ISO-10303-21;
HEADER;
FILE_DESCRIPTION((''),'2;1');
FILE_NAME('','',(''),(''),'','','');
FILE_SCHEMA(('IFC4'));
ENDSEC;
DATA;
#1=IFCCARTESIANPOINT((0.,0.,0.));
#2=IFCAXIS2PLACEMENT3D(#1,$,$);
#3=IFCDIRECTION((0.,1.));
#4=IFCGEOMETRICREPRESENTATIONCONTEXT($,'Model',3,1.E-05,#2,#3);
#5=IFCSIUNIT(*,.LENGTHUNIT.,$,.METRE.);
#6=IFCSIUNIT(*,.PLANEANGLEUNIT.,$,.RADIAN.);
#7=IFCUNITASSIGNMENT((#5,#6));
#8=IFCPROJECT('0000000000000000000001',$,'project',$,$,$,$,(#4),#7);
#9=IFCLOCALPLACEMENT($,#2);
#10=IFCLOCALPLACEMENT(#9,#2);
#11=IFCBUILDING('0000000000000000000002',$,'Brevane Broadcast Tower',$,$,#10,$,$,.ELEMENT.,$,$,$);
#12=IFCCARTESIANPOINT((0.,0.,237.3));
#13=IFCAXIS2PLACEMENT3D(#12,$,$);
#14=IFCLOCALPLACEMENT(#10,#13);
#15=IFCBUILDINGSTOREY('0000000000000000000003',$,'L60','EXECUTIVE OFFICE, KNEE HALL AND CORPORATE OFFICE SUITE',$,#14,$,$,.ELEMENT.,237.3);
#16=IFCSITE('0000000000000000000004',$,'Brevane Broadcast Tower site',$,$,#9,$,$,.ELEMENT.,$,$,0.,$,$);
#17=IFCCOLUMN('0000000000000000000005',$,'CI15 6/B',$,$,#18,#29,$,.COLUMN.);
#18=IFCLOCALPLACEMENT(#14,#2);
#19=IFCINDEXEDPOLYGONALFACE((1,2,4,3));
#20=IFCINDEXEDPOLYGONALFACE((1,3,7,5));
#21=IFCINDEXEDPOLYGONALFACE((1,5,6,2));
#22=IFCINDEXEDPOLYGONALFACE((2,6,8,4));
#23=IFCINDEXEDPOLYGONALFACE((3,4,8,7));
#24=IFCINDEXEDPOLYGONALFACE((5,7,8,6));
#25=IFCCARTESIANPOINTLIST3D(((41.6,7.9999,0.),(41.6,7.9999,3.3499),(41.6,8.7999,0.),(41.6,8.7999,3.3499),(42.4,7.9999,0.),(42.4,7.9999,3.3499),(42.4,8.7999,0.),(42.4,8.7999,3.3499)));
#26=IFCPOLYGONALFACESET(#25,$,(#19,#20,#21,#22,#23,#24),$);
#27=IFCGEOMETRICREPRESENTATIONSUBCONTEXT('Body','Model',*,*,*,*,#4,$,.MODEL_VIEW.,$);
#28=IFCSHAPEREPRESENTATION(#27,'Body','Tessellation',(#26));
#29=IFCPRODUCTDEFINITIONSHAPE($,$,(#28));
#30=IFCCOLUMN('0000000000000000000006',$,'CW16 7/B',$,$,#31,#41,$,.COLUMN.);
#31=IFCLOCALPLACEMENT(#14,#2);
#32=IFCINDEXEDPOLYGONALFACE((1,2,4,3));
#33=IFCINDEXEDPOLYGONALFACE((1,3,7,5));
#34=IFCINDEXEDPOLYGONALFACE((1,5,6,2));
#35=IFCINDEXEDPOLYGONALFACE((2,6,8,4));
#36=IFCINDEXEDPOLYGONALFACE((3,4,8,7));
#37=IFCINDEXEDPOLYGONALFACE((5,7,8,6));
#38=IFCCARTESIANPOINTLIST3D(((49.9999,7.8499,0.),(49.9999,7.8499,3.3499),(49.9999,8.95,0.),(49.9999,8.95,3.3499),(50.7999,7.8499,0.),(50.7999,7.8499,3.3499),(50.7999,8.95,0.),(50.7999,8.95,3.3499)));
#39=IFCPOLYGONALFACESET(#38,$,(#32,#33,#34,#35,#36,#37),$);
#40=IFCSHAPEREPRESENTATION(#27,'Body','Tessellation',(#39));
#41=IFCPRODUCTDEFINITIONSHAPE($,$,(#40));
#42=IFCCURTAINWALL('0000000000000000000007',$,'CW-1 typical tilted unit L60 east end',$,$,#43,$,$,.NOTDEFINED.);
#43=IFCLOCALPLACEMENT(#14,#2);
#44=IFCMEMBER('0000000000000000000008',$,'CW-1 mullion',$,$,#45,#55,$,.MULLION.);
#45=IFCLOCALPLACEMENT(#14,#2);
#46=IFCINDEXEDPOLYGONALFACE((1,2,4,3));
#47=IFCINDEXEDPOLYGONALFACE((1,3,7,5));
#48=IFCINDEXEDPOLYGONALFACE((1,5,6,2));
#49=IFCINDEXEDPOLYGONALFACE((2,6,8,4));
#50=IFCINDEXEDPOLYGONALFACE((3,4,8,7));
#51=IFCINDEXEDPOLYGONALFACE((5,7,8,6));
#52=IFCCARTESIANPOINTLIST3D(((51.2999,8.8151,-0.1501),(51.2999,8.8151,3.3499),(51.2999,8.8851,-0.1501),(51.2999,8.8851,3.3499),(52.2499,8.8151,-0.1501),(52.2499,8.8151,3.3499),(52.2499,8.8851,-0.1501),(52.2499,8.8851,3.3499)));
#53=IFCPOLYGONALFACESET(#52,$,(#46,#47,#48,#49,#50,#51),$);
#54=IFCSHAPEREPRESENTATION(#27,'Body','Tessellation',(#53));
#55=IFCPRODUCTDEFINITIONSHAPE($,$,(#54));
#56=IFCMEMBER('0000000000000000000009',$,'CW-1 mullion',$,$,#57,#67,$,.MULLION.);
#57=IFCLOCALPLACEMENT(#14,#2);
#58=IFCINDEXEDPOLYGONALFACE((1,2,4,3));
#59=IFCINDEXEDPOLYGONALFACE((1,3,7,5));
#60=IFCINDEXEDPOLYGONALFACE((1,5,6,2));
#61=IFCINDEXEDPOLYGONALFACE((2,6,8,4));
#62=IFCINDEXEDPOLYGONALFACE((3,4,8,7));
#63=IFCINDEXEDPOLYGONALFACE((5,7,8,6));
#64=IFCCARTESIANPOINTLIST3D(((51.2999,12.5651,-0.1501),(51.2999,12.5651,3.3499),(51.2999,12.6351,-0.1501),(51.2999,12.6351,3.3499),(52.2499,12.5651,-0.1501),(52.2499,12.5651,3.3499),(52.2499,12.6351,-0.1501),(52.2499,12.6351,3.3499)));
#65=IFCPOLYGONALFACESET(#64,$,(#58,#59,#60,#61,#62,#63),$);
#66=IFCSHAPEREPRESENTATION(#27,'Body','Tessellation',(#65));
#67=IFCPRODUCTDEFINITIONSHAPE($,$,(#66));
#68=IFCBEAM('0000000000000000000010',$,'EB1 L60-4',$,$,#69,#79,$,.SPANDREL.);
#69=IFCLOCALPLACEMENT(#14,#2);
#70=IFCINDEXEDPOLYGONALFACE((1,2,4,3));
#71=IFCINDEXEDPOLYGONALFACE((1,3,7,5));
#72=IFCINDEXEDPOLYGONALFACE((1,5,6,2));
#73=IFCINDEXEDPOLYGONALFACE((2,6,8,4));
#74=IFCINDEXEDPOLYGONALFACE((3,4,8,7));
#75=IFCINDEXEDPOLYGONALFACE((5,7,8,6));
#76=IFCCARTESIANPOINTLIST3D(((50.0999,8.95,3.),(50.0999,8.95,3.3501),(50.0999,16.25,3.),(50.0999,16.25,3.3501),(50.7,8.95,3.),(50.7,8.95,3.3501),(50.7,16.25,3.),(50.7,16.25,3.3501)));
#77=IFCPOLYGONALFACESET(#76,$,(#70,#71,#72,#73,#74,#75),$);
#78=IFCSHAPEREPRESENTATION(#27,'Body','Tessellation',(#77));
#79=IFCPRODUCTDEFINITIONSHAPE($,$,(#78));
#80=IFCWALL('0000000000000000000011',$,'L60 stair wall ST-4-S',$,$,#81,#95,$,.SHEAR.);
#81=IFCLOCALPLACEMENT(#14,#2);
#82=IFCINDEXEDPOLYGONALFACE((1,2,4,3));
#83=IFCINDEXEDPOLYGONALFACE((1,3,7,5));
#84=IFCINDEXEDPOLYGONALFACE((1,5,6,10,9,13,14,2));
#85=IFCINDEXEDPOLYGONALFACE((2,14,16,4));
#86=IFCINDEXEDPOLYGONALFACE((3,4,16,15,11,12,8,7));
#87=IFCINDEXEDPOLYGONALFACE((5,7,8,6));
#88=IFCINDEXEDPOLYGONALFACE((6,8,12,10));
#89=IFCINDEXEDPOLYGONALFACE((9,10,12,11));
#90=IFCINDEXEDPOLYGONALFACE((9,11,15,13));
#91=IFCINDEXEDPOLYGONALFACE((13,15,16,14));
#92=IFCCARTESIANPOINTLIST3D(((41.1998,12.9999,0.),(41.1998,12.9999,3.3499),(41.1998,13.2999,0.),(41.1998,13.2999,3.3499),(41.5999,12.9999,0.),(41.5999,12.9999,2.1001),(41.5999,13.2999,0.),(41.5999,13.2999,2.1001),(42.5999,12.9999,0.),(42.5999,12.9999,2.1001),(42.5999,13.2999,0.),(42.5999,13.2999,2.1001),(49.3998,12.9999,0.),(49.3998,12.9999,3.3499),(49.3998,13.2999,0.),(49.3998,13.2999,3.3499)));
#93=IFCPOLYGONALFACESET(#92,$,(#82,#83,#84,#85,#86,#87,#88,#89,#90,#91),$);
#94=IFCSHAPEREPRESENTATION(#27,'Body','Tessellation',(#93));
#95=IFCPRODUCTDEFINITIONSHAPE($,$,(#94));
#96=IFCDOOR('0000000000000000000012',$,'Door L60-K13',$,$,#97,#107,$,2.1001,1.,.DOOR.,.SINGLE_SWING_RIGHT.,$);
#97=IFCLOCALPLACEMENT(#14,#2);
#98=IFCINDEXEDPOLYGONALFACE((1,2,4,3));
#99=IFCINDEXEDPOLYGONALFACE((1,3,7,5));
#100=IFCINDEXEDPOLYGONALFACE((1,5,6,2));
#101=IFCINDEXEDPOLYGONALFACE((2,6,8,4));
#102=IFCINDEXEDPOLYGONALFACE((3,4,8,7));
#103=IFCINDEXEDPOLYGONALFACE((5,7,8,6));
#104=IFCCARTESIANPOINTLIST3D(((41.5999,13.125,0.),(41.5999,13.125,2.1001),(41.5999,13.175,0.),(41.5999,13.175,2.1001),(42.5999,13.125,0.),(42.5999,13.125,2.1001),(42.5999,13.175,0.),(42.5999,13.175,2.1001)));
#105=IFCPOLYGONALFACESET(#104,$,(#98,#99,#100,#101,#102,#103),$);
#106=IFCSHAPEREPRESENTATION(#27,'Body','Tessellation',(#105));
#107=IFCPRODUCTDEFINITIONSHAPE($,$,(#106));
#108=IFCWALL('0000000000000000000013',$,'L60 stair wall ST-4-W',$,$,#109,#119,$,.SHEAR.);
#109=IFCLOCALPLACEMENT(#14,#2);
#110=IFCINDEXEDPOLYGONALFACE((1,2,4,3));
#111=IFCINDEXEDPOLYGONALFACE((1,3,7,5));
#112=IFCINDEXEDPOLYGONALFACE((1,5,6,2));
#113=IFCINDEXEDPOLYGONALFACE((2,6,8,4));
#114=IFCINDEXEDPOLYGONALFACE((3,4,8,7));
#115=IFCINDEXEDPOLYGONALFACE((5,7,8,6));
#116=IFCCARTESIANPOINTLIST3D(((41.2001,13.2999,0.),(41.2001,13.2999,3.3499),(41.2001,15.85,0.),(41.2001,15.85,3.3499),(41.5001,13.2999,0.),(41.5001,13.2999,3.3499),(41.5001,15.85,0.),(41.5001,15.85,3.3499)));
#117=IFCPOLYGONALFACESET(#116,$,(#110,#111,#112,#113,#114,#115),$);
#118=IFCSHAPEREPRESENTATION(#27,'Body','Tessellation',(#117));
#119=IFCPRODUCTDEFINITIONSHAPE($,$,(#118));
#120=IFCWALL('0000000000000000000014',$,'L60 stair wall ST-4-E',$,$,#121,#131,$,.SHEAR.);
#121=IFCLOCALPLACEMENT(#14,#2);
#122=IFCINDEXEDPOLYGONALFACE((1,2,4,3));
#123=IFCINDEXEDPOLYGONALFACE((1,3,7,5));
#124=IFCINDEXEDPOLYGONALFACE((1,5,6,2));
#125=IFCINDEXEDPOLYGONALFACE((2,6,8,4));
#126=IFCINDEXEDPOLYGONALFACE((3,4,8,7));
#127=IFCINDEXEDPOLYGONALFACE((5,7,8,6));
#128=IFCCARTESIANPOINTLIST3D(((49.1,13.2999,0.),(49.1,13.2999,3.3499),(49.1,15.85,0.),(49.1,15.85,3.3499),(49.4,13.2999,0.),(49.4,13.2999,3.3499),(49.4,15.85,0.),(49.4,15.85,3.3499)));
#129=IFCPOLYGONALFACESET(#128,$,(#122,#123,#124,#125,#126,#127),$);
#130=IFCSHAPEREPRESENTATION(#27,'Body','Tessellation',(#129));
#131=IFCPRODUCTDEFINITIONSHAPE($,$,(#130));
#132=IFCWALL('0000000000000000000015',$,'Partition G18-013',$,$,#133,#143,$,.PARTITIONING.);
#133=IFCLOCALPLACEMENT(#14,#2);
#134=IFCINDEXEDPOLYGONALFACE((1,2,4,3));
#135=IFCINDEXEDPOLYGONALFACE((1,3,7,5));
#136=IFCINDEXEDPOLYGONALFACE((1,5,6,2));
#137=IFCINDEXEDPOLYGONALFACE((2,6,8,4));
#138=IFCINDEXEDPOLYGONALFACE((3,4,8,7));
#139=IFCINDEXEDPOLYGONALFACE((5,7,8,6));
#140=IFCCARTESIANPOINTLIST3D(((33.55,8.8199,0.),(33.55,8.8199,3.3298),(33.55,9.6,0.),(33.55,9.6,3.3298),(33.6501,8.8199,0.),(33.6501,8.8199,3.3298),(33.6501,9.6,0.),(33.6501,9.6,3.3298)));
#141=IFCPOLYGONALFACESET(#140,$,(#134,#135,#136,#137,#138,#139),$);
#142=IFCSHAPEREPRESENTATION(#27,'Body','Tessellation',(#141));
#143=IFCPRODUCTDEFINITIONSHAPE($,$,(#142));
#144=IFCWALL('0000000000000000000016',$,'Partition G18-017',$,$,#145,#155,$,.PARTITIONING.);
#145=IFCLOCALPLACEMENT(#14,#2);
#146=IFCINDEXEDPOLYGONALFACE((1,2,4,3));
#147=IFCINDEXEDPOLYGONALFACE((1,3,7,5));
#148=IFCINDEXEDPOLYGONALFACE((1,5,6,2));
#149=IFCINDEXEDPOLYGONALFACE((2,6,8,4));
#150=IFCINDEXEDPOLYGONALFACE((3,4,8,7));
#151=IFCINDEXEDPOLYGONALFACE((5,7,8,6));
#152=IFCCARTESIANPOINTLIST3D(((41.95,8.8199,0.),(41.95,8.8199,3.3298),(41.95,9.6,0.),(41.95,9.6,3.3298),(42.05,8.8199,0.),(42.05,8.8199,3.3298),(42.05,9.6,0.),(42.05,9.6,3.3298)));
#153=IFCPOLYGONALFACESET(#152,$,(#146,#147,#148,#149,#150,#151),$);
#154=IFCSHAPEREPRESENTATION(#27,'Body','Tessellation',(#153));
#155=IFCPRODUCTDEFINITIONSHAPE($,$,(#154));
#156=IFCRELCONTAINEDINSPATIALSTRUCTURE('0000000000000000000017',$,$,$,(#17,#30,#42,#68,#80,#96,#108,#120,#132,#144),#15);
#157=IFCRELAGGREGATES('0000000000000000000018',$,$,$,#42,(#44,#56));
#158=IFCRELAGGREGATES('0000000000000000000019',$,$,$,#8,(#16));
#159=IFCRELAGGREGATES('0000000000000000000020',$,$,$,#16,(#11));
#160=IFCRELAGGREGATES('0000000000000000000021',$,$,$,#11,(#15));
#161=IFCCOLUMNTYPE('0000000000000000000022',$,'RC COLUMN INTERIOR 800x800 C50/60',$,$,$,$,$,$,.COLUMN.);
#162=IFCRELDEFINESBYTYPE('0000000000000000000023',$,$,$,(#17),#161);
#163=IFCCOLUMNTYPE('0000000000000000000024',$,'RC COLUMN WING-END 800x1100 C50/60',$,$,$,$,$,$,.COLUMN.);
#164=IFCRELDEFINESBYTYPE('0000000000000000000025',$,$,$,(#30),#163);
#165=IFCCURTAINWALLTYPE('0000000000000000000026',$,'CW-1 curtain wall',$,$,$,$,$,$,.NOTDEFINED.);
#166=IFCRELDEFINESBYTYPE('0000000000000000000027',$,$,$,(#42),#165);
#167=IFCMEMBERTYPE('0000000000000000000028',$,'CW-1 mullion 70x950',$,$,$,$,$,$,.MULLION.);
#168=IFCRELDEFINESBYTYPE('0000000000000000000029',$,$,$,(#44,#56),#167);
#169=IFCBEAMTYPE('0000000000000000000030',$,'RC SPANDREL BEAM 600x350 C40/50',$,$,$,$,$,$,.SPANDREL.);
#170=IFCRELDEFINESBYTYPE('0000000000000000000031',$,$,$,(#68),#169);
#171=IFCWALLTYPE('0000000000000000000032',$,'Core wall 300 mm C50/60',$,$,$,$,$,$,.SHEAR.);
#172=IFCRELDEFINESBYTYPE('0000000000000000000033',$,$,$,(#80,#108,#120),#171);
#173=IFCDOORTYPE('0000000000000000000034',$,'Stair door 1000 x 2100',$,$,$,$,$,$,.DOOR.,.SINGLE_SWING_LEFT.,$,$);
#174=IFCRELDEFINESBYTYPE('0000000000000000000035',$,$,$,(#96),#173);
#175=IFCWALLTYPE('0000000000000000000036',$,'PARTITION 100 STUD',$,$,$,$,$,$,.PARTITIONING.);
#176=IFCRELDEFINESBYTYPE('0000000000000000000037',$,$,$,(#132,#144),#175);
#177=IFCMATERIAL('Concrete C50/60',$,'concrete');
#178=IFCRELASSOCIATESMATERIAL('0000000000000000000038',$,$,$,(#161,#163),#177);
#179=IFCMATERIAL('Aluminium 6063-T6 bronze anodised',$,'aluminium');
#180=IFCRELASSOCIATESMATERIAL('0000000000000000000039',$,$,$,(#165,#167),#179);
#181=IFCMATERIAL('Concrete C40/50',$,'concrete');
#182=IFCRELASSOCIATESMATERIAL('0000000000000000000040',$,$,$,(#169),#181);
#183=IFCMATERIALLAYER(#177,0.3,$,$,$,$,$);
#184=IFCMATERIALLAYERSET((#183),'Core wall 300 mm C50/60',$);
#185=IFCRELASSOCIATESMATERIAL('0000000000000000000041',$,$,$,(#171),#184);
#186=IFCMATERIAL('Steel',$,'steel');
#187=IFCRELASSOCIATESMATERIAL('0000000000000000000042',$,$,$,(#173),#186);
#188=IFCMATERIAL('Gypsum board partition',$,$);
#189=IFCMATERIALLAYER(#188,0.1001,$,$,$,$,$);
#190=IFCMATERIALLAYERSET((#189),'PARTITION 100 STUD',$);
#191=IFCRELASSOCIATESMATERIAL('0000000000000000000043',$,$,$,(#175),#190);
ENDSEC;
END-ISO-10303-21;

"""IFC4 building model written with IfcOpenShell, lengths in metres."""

from ifc_helpers import new_model, si_unit, direction, frame, frame_2d, origin, origin_2d, place, context, subcontext, project, spatial, rectangle, extrude, material, layer, layer_set, material_profile, profile_set, type_object, element, fill, aggregate, save


model = new_model("IFC4")

# Units and contexts
model_context = context("Model", 3, precision=1e-05, world=origin(), true_north=direction((0.0, 1.0)))
body_context = subcontext(model_context, "Body", "Model", "MODEL_VIEW")
ifc_project = project(units=[si_unit("LENGTHUNIT", "METRE"), si_unit("PLANEANGLEUNIT", "RADIAN")], contexts=[model_context])

# Site, building, storey
site_placement = place(None, origin())
site = spatial("IfcSite", under=ifc_project, at=site_placement, Name="Brevane Broadcast Tower site", CompositionType="ELEMENT", RefElevation=0.0)
building_placement = place(site_placement, origin())
building = spatial("IfcBuilding", under=site, at=building_placement, Name="Brevane Broadcast Tower", CompositionType="ELEMENT")
storey_placement = place(building_placement, frame((0.0, 0.0, 237.3)))
storey = spatial("IfcBuildingStorey", under=building, at=storey_placement, Name="L60", Description="EXECUTIVE OFFICE, KNEE HALL AND CORPORATE OFFICE SUITE", CompositionType="ELEMENT", Elevation=237.3)

# Columns
ifc_material_1 = material(Name="Concrete C50/60", Category="concrete")
ifc_material_profile_1 = material_profile(ifc_material_1, rectangle(XDim=0.8, YDim=0.8, at=origin_2d()), Name="RC 800x800")
ifc_profile_set_1 = profile_set([ifc_material_profile_1], Name="Concrete C50/60")
column_type_1 = type_object("IfcColumnType", Name="RC COLUMN INTERIOR 800x800 C50/60", PredefinedType="COLUMN", material=ifc_profile_set_1)
column_1_placement = place(storey_placement, frame((42.0, 8.3999, 0.0), z_axis=(0.0, 0.0, 1.0), x_axis=(1.0, 0.0, 0.0)))
element("IfcColumn", 1, at=column_1_placement, inside=storey, type_object=column_type_1, Name="CI15 6/B", PredefinedType="COLUMN", context=body_context, shape_type="SweptSolid", body=[
    extrude(rectangle(XDim=0.8, YDim=0.8, at=origin_2d()), origin(), (0.0, 0.0, 1.0), 3.3499),
])
ifc_material_profile_2 = material_profile(ifc_material_1, rectangle(XDim=0.8, YDim=1.1001, at=origin_2d()), Name="RC 800x1100")
ifc_profile_set_2 = profile_set([ifc_material_profile_2], Name="Concrete C50/60")
column_type_2 = type_object("IfcColumnType", Name="RC COLUMN WING-END 800x1100 C50/60", PredefinedType="COLUMN", material=ifc_profile_set_2)
column_2_placement = place(storey_placement, frame((50.3999, 8.3999, 0.0), z_axis=(0.0, 0.0, 1.0), x_axis=(1.0, 0.0, 0.0)))
element("IfcColumn", 2, at=column_2_placement, inside=storey, type_object=column_type_2, Name="CW16 7/B", PredefinedType="COLUMN", context=body_context, shape_type="SweptSolid", body=[
    extrude(rectangle(XDim=0.8, YDim=1.1001, at=origin_2d()), origin(), (0.0, 0.0, 1.0), 3.3499),
])

# Curtain wall, members
ifc_material_2 = material(Name="Aluminium 6063-T6 bronze anodised", Category="aluminium")
curtain_wall_type = type_object("IfcCurtainWallType", Name="CW-1 curtain wall", PredefinedType="NOTDEFINED", material=ifc_material_2)
curtain_wall_placement = place(storey_placement, origin())
curtain_wall = element("IfcCurtainWall", 3, at=curtain_wall_placement, inside=storey, type_object=curtain_wall_type, Name="CW-1 typical tilted unit L60 east end", PredefinedType="NOTDEFINED")
ifc_material_profile_3 = material_profile(ifc_material_2, rectangle(XDim=0.95, YDim=0.0701, at=origin_2d()), Name="RECT 70x950")
ifc_profile_set_3 = profile_set([ifc_material_profile_3], Name="Aluminium 6063-T6 bronze anodised")
member_type = type_object("IfcMemberType", Name="CW-1 mullion 70x950", PredefinedType="MULLION", material=ifc_profile_set_3)
member_1_placement = place(storey_placement, frame((51.7749, 8.8501, -0.1501), z_axis=(0.0, 0.0, 1.0), x_axis=(-1.0, 0.0, 0.0)))
member_1 = element("IfcMember", 4, at=member_1_placement, type_object=member_type, Name="CW-1 mullion", PredefinedType="MULLION", context=body_context, shape_type="SweptSolid", body=[
    extrude(rectangle(XDim=0.95, YDim=0.0701, at=origin_2d()), origin(), (0.0, 0.0, 1.0), 3.5),
])
member_2_placement = place(storey_placement, frame((51.7749, 12.6001, -0.1501), z_axis=(0.0, 0.0, 1.0), x_axis=(-1.0, 0.0, 0.0)))
member_2 = element("IfcMember", 5, at=member_2_placement, type_object=member_type, Name="CW-1 mullion", PredefinedType="MULLION", context=body_context, shape_type="SweptSolid", body=[
    extrude(rectangle(XDim=0.95, YDim=0.0701, at=origin_2d()), origin(), (0.0, 0.0, 1.0), 3.5),
])
aggregate(curtain_wall, [member_1, member_2])

# Beam
ifc_material_3 = material(Name="Concrete C40/50", Category="concrete")
ifc_material_profile_4 = material_profile(ifc_material_3, rectangle(XDim=0.6001, YDim=0.3501, at=origin_2d()), Name="RC 600x350")
ifc_profile_set_4 = profile_set([ifc_material_profile_4], Name="Concrete C40/50")
beam_type = type_object("IfcBeamType", Name="RC SPANDREL BEAM 600x350 C40/50", PredefinedType="SPANDREL", material=ifc_profile_set_4)
beam_placement = place(storey_placement, frame((50.3999, 8.95, 3.175), z_axis=(0.0, 1.0, 0.0), x_axis=(-1.0, 0.0, 0.0)))
element("IfcBeam", 6, at=beam_placement, inside=storey, type_object=beam_type, Name="EB1 L60-4", PredefinedType="SPANDREL", context=body_context, shape_type="SweptSolid", body=[
    extrude(rectangle(XDim=0.6001, YDim=0.3501, at=origin_2d()), origin(), (0.0, 0.0, 1.0), 7.3),
])

# Wall, opening, door
ifc_layer_1 = layer(ifc_material_1, 0.3)
ifc_layer_set_1 = layer_set([ifc_layer_1], Name="Core wall 300 mm C50/60")
wall_type_1 = type_object("IfcWallType", Name="Core wall 300 mm C50/60", PredefinedType="SHEAR", material=ifc_layer_set_1)
wall_1_placement = place(storey_placement, frame((49.3999, 13.1499, 0.0), z_axis=(0.0, 0.0, 1.0), x_axis=(-1.0, 0.0, 0.0)))
wall_1 = element("IfcWall", 7, at=wall_1_placement, inside=storey, type_object=wall_type_1, Name="L60 stair wall ST-4-S", PredefinedType="SHEAR", context=body_context, shape_type="SweptSolid", body=[
    extrude(rectangle(XDim=8.2, YDim=0.3, at=frame_2d((4.1001, 0.0))), origin(), (0.0, 0.0, 1.0), 3.3499),
])
opening_1_placement = place(wall_1_placement, frame((6.8, 0.0, 0.0)))
opening_1 = element("IfcOpeningElement", 8, at=opening_1_placement, cuts=wall_1, PredefinedType="OPENING", context=body_context, shape_type="SweptSolid", body=[
    extrude(rectangle(XDim=1.0, YDim=2.1001, at=frame_2d((0.5, 1.05))), frame((0.0, 0.1599, 0.0), z_axis=(0.0, -1.0, 0.0), x_axis=(1.0, 0.0, 0.0)), (0.0, 0.0, 1.0), 0.3201),
])
ifc_material_4 = material(Name="Steel", Category="steel")
door_type_1 = type_object("IfcDoorType", Name="Stair door 1000 x 2100", OperationType="SINGLE_SWING_LEFT", PredefinedType="DOOR", material=ifc_material_4)
door_1_placement = place(opening_1_placement, origin())
door_1 = element("IfcDoor", 9, at=door_1_placement, inside=storey, type_object=door_type_1, Name="Door L60-K13", OperationType="SINGLE_SWING_RIGHT", OverallHeight=2.1001, OverallWidth=1.0, PredefinedType="DOOR", context=body_context, shape_type="SweptSolid", body=[
    extrude(rectangle(XDim=1.0, YDim=2.1001, at=frame_2d((0.5, 1.05))), frame((0.0, 0.0249, 0.0), z_axis=(0.0, -1.0, 0.0), x_axis=(1.0, 0.0, 0.0)), (0.0, 0.0, 1.0), 0.05),
])
fill(opening_1, door_1)

# Walls
for number, where, z_axis, x_axis, name in (
    (10, (41.3501, 13.3, 0.0), (0.0, 0.0, 1.0), (0.0, 1.0, 0.0), "L60 stair wall ST-4-W"),
    (11, (49.25, 13.3, 0.0), (0.0, 0.0, 1.0), (0.0, 1.0, 0.0), "L60 stair wall ST-4-E"),
):
    element("IfcWall", number, at=place(storey_placement, frame(where, z_axis=z_axis, x_axis=x_axis)), inside=storey, type_object=wall_type_1, Name=name, PredefinedType="SHEAR", context=body_context, shape_type="SweptSolid", body=[
        extrude(rectangle(XDim=2.55, YDim=0.3, at=frame_2d((1.2749, 0.0))), origin(), (0.0, 0.0, 1.0), 3.3499),
    ])
ifc_material_5 = material(Name="Gypsum board partition")
ifc_layer_2 = layer(ifc_material_5, 0.1001)
ifc_layer_set_2 = layer_set([ifc_layer_2], Name="PARTITION 100 STUD")
wall_type_2 = type_object("IfcWallType", Name="PARTITION 100 STUD", PredefinedType="PARTITIONING", material=ifc_layer_set_2)
for number, where, z_axis, x_axis, name in (
    (12, (33.6001, 9.6001, 0.0), (0.0, 0.0, 1.0), (0.0, -1.0, 0.0), "Partition G18-013"),
    (13, (42.0, 9.6001, 0.0), (0.0, 0.0, 1.0), (0.0, -1.0, 0.0), "Partition G18-017"),
):
    element("IfcWall", number, at=place(storey_placement, frame(where, z_axis=z_axis, x_axis=x_axis)), inside=storey, type_object=wall_type_2, Name=name, PredefinedType="PARTITIONING", context=body_context, shape_type="SweptSolid", body=[
        extrude(rectangle(XDim=0.78, YDim=0.1001, at=frame_2d((0.3901, 0.0))), origin(), (0.0, 0.0, 1.0), 3.3298),
    ])

save(model, "model.ifc")
